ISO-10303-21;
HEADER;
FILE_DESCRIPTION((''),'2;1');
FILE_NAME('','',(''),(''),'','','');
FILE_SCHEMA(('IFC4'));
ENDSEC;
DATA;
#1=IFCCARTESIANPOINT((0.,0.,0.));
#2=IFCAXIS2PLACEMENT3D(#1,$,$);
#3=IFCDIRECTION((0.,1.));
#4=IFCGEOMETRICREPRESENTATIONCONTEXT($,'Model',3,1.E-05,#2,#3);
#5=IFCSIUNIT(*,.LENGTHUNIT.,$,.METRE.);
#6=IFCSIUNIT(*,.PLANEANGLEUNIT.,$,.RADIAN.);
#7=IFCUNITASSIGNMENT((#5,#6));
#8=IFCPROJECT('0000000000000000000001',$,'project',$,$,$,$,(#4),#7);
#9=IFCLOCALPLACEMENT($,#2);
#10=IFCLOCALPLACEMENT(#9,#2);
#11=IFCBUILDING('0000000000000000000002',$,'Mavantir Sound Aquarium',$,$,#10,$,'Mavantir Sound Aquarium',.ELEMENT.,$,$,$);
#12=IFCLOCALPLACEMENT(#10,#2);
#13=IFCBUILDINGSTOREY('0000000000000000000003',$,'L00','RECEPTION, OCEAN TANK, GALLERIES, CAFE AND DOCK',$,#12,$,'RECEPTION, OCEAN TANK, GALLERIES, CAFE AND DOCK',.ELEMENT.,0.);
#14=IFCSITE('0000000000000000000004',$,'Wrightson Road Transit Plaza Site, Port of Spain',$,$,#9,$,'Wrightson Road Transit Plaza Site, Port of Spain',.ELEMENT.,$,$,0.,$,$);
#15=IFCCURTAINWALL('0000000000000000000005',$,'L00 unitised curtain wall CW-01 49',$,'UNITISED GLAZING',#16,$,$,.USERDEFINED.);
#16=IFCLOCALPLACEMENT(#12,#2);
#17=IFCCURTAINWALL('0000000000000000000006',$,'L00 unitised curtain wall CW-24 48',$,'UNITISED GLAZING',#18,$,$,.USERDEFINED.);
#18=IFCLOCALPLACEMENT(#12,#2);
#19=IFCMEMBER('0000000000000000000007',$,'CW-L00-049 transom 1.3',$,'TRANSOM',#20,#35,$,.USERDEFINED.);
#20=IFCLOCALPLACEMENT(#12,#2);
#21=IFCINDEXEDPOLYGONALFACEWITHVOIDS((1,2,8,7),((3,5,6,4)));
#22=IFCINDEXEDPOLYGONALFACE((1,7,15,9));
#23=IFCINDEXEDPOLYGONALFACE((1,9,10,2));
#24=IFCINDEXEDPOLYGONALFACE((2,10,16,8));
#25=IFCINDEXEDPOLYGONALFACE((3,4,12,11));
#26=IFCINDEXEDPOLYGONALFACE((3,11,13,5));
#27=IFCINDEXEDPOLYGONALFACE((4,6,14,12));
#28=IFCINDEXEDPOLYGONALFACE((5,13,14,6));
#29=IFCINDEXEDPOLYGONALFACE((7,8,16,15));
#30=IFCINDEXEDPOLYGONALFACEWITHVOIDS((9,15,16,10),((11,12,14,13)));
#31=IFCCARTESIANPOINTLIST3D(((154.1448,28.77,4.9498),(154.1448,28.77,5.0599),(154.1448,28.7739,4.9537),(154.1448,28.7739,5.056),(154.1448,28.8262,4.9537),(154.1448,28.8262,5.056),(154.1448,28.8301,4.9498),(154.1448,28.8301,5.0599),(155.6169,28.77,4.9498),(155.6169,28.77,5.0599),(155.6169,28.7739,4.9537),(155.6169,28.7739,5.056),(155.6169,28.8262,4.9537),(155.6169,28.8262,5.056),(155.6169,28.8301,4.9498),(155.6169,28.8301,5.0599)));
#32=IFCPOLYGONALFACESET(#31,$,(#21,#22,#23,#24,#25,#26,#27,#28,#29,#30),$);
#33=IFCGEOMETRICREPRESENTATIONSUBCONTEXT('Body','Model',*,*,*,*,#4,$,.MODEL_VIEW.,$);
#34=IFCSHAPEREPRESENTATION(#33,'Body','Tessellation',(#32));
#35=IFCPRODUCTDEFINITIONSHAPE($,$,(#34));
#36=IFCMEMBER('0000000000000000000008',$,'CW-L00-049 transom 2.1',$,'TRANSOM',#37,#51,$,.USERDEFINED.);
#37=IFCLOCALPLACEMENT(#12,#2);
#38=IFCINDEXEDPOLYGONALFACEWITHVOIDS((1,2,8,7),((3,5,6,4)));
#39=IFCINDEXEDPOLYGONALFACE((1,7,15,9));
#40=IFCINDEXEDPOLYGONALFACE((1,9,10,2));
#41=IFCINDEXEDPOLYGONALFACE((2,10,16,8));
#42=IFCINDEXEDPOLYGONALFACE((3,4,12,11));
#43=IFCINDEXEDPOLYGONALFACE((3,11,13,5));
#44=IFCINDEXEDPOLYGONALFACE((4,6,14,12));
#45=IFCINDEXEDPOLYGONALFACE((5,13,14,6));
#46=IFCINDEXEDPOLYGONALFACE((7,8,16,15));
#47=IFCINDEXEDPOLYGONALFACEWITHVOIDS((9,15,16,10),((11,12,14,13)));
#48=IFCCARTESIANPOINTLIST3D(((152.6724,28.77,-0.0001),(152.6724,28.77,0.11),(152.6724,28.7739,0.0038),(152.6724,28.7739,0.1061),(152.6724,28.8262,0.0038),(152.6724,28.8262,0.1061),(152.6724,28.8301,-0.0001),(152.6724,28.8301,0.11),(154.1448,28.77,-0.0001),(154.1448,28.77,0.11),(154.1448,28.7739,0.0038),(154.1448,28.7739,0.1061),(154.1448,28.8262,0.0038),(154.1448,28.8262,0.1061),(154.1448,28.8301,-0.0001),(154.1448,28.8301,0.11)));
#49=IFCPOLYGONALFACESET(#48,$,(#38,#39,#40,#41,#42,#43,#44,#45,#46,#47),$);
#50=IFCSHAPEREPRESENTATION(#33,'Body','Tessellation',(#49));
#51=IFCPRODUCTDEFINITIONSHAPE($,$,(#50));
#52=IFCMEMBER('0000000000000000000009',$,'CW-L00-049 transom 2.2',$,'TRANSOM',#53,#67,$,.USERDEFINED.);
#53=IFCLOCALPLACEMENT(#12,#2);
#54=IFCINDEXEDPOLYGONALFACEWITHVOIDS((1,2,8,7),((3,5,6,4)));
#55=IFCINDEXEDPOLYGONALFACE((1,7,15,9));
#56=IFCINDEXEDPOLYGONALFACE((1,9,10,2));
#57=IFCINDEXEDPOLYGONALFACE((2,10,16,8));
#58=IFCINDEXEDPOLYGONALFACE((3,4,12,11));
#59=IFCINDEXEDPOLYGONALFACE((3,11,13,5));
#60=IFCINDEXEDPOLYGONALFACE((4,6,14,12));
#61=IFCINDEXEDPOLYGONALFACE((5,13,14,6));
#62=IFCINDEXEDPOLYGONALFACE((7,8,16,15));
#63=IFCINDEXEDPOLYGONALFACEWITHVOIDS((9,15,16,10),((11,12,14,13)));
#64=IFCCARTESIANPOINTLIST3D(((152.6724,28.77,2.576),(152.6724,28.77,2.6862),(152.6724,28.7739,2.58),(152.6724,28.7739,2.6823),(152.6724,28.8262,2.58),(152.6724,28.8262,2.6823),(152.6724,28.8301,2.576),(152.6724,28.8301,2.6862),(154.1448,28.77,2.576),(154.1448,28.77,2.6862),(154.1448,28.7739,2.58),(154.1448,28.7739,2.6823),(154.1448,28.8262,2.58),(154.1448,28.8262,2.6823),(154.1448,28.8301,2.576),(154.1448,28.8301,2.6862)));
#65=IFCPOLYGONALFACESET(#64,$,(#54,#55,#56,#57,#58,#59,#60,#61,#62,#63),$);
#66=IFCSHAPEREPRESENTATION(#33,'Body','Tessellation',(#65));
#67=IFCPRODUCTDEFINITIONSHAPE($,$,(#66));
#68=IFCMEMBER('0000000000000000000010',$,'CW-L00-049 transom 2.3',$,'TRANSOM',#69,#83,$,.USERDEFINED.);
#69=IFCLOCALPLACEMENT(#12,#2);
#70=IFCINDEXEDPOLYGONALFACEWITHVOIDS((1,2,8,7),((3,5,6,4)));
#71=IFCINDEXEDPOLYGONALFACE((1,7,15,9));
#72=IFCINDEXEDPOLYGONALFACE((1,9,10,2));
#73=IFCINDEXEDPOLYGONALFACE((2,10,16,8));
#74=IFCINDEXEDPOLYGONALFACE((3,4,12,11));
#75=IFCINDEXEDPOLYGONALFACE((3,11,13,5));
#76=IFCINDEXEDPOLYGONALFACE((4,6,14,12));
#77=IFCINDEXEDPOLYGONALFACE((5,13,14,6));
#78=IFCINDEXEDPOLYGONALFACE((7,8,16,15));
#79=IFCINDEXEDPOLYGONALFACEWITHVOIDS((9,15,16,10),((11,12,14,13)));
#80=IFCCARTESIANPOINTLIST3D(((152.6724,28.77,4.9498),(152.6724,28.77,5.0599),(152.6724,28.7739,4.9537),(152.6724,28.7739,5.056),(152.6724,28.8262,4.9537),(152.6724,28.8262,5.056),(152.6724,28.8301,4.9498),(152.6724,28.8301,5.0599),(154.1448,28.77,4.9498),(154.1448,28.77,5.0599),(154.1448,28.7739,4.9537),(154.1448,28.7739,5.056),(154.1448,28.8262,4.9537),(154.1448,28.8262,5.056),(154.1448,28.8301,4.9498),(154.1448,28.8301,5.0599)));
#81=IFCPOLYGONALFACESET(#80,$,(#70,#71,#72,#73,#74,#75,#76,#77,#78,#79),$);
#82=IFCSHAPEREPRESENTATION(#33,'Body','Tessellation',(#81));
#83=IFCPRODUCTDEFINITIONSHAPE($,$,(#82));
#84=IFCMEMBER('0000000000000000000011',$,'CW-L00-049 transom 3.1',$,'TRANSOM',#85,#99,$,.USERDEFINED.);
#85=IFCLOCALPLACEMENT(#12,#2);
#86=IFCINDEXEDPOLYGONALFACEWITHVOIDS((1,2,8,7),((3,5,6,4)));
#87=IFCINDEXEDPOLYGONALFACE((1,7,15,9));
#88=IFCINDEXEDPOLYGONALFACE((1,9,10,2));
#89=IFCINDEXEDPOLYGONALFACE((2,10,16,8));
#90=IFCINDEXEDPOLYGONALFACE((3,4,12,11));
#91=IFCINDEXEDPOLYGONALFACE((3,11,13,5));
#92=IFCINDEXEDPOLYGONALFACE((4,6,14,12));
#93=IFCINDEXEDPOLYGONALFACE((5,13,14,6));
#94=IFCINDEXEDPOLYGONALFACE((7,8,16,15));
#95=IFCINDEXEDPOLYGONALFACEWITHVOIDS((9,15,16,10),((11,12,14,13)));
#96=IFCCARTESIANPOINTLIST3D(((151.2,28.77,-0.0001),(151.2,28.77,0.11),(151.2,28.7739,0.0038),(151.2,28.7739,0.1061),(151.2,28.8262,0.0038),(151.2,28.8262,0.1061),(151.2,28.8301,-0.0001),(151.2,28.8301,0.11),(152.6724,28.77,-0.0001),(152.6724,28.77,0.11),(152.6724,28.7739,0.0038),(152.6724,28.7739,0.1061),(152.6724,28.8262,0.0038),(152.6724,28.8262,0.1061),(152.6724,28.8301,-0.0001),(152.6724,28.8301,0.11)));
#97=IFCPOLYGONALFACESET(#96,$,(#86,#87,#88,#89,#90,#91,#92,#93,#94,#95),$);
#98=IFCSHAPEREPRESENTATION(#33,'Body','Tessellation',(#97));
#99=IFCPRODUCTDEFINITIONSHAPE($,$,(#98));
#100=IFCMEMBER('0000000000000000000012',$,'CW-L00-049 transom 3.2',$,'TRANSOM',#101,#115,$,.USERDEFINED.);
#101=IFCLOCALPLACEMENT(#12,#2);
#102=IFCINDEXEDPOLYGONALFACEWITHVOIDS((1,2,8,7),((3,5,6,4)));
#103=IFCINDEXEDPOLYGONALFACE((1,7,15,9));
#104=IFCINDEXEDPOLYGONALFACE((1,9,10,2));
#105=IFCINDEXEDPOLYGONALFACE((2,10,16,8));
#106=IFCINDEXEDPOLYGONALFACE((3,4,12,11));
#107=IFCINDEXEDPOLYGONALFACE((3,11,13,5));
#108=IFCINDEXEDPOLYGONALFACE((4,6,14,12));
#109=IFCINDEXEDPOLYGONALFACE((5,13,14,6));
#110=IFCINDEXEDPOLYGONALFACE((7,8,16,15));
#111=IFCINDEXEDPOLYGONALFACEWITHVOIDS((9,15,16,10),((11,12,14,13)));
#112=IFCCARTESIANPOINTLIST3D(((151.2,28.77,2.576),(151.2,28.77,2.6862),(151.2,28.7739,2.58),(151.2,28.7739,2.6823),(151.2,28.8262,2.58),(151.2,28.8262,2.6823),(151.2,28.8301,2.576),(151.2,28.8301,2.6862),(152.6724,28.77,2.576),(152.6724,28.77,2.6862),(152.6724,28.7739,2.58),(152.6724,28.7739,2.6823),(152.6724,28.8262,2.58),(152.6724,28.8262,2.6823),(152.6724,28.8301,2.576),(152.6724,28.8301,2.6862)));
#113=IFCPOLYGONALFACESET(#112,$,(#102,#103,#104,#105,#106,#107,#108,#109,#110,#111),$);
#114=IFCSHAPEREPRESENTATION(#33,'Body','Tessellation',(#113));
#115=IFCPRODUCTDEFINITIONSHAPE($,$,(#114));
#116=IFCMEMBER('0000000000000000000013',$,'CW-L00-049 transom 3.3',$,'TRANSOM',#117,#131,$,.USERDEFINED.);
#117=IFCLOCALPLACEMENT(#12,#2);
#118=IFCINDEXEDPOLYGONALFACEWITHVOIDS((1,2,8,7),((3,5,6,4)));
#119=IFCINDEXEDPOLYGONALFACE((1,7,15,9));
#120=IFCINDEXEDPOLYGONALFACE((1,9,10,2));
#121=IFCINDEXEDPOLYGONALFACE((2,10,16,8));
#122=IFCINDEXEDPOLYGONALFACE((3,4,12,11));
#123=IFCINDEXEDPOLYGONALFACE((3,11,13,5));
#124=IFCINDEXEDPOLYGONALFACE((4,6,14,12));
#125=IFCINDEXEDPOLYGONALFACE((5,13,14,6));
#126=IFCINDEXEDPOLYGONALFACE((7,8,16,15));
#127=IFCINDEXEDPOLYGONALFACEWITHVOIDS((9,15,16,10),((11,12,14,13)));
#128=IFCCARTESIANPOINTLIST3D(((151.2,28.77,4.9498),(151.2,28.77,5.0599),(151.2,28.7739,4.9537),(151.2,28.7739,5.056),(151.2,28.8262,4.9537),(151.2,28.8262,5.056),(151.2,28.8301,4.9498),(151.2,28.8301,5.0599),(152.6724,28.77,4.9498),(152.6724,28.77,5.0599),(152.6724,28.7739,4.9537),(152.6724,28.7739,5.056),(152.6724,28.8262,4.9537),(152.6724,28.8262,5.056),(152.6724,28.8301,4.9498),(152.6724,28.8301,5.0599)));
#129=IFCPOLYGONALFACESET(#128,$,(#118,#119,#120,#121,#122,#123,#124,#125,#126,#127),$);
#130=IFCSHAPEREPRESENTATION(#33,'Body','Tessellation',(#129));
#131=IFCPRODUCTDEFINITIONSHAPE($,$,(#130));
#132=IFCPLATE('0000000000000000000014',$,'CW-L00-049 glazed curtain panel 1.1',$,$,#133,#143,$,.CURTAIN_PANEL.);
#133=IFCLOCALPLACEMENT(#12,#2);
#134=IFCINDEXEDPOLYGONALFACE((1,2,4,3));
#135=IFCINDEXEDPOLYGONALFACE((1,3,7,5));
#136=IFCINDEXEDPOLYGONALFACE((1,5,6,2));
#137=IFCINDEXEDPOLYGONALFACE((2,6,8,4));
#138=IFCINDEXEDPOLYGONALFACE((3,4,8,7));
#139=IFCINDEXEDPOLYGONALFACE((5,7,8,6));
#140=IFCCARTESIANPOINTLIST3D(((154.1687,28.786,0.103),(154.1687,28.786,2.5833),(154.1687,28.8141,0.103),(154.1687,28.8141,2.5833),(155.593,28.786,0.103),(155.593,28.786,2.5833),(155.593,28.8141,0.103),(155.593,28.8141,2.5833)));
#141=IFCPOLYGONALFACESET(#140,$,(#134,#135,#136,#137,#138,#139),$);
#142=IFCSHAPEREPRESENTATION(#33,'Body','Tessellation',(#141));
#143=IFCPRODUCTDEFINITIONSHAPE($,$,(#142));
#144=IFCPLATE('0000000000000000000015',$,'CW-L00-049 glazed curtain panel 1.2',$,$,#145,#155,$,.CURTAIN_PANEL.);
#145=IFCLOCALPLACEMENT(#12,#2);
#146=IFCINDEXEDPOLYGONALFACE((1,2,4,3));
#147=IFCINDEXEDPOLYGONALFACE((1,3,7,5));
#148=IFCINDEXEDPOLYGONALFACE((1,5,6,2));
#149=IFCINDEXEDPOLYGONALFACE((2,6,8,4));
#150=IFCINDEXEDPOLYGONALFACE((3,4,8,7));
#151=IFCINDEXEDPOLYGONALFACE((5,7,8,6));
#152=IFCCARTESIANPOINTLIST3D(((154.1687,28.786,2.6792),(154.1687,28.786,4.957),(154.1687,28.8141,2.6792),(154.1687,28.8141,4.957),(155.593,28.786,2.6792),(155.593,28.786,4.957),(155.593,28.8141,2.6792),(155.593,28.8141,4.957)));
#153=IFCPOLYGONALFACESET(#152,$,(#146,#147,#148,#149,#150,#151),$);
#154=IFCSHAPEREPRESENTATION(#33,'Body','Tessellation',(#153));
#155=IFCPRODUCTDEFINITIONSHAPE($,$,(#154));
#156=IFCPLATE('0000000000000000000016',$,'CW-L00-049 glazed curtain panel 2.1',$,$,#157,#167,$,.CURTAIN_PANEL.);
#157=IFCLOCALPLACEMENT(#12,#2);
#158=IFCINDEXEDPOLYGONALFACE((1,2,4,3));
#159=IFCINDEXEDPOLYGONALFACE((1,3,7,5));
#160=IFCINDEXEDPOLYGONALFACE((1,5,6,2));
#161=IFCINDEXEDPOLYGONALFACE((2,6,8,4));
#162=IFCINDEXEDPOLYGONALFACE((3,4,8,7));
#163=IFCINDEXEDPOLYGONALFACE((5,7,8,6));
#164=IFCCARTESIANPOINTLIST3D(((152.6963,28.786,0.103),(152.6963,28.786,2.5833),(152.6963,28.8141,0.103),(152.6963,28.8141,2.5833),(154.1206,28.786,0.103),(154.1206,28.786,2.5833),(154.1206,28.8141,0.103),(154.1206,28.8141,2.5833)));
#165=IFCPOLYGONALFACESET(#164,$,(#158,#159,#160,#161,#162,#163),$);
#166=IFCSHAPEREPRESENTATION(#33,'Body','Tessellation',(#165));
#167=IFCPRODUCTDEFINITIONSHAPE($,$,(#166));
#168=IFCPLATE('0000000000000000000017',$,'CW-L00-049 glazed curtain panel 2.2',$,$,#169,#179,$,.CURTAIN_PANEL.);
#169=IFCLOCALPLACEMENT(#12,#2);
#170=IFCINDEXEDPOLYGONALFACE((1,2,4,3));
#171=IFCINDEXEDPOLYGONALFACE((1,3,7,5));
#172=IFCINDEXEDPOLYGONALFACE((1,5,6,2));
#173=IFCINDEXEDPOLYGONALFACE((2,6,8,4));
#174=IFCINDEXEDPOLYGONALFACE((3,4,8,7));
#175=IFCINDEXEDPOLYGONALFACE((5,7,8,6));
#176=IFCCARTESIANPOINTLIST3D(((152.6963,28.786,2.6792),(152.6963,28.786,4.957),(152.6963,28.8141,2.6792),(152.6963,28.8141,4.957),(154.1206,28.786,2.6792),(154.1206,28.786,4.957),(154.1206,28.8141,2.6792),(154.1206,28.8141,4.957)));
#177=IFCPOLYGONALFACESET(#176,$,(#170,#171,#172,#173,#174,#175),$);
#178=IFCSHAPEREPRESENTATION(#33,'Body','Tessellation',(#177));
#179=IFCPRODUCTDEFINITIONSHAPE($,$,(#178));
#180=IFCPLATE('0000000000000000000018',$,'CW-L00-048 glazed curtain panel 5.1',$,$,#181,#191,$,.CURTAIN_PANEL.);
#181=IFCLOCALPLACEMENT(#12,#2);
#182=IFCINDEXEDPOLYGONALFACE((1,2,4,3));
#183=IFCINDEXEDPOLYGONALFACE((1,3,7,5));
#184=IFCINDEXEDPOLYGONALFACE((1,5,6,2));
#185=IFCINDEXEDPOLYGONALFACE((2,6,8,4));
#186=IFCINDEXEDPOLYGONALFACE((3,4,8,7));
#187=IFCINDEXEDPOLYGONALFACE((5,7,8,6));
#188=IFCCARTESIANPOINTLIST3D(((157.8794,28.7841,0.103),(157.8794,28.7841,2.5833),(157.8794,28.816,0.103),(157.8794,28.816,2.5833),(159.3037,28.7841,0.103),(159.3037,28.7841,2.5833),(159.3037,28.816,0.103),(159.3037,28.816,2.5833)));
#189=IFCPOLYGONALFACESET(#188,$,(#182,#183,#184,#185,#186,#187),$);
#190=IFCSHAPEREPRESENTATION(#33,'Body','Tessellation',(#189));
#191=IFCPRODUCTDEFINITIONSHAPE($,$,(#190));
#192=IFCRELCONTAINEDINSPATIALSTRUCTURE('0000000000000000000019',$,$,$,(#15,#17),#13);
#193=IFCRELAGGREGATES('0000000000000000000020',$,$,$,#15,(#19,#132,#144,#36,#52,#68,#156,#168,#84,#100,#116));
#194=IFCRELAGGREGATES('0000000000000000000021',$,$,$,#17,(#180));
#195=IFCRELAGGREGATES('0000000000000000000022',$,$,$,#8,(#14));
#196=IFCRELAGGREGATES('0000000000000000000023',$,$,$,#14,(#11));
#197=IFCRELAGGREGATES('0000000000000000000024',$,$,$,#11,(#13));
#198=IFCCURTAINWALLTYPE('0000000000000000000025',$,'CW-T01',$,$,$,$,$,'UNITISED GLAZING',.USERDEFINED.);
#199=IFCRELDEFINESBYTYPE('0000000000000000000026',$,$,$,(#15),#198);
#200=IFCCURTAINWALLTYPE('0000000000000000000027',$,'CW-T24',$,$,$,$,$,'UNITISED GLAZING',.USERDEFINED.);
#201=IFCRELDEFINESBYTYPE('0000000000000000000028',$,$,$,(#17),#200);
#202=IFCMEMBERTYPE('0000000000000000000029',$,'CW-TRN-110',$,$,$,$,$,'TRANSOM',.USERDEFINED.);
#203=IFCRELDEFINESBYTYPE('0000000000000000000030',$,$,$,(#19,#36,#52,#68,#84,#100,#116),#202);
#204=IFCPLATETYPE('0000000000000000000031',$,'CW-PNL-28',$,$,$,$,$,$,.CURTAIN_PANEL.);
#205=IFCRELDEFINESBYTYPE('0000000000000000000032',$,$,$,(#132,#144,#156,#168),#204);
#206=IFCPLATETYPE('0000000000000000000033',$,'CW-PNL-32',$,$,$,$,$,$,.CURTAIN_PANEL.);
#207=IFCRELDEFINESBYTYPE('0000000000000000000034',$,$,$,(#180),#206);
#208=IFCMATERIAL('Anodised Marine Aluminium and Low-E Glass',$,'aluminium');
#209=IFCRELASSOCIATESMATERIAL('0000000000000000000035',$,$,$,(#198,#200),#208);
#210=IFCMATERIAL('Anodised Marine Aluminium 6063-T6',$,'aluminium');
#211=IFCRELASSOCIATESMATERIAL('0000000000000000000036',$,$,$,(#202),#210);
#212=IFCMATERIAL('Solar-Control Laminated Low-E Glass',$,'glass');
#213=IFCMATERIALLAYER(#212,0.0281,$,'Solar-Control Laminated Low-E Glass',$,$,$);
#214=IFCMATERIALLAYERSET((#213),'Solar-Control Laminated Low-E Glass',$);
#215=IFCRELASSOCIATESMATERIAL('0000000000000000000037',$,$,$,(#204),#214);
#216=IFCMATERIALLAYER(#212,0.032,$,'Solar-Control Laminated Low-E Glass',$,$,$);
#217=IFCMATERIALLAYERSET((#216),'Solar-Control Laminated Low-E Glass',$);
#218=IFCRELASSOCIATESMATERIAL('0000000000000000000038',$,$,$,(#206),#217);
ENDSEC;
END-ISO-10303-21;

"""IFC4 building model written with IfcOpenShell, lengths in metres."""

from ifc_helpers import new_model, si_unit, direction, frame, origin, origin_2d, place, context, subcontext, project, spatial, rectangle, hollow_rectangle, extrude, material, layer, layer_set, material_profile, profile_set, type_object, element, aggregate, save


model = new_model("IFC4")

# Units and contexts
model_context = context("Model", 3, precision=1e-05, world=origin(), true_north=direction((0.0, 1.0)))
body_context = subcontext(model_context, "Body", "Model", "MODEL_VIEW")
ifc_project = project(units=[si_unit("LENGTHUNIT", "METRE"), si_unit("PLANEANGLEUNIT", "RADIAN")], contexts=[model_context])

# Site, building, storey
site_placement = place(None, origin())
site = spatial("IfcSite", under=ifc_project, at=site_placement, Name="Wrightson Road Transit Plaza Site, Port of Spain", LongName="Wrightson Road Transit Plaza Site, Port of Spain", CompositionType="ELEMENT", RefElevation=0.0)
building_placement = place(site_placement, origin())
building = spatial("IfcBuilding", under=site, at=building_placement, Name="Mavantir Sound Aquarium", LongName="Mavantir Sound Aquarium", CompositionType="ELEMENT")
storey_placement = place(building_placement, origin())
storey = spatial("IfcBuildingStorey", under=building, at=storey_placement, Name="L00", Description="RECEPTION, OCEAN TANK, GALLERIES, CAFE AND DOCK", LongName="RECEPTION, OCEAN TANK, GALLERIES, CAFE AND DOCK", CompositionType="ELEMENT", Elevation=0.0)

# Curtain walls
ifc_material_1 = material(Name="Anodised Marine Aluminium and Low-E Glass", Category="aluminium")
curtain_wall_type_1 = type_object("IfcCurtainWallType", Name="CW-T01", ElementType="UNITISED GLAZING", PredefinedType="USERDEFINED", material=ifc_material_1)
curtain_wall_1_placement = place(storey_placement, origin())
curtain_wall_1 = element("IfcCurtainWall", 1, at=curtain_wall_1_placement, inside=storey, type_object=curtain_wall_type_1, Name="L00 unitised curtain wall CW-01 49", ObjectType="UNITISED GLAZING", PredefinedType="USERDEFINED")
ifc_material_2 = material(Name="Anodised Marine Aluminium 6063-T6", Category="aluminium")
curtain_wall_type_2 = type_object("IfcCurtainWallType", Name="CW-T24", ElementType="UNITISED GLAZING", PredefinedType="USERDEFINED", material=ifc_material_1)
curtain_wall_2_placement = place(storey_placement, origin())
curtain_wall_2 = element("IfcCurtainWall", 2, at=curtain_wall_2_placement, inside=storey, type_object=curtain_wall_type_2, Name="L00 unitised curtain wall CW-24 48", ObjectType="UNITISED GLAZING", PredefinedType="USERDEFINED")
ifc_material_profile_1 = material_profile(ifc_material_2, hollow_rectangle(XDim=0.0601, YDim=0.1101, WallThickness=0.0039, at=origin_2d()), Name="ALU-TRANSOM-110X60")
ifc_profile_set_1 = profile_set([ifc_material_profile_1], Name="Anodised Marine Aluminium 6063-T6")
member_type_1 = type_object("IfcMemberType", Name="CW-TRN-110", ElementType="TRANSOM", PredefinedType="USERDEFINED", material=ifc_profile_set_1)

# Members
member_1_placement = place(storey_placement, frame((155.6169, 28.8, 5.0049), z_axis=(-1.0, 0.0, 0.0), x_axis=(0.0, -1.0, 0.0)))
member_1 = element("IfcMember", 3, at=member_1_placement, type_object=member_type_1, Name="CW-L00-049 transom 1.3", ObjectType="TRANSOM", PredefinedType="USERDEFINED", context=body_context, shape_type="SweptSolid", body=[
    extrude(hollow_rectangle(XDim=0.0601, YDim=0.1101, WallThickness=0.0039, at=origin_2d()), origin(), (0.0, 0.0, 1.0), 1.4722),
])
member_2_placement = place(storey_placement, frame((154.1448, 28.8, 0.0549), z_axis=(-1.0, 0.0, 0.0), x_axis=(0.0, -1.0, 0.0)))
member_2 = element("IfcMember", 4, at=member_2_placement, type_object=member_type_1, Name="CW-L00-049 transom 2.1", ObjectType="TRANSOM", PredefinedType="USERDEFINED", context=body_context, shape_type="SweptSolid", body=[
    extrude(hollow_rectangle(XDim=0.0601, YDim=0.1101, WallThickness=0.0039, at=origin_2d()), origin(), (0.0, 0.0, 1.0), 1.4724),
])
member_3_placement = place(storey_placement, frame((154.1448, 28.8, 2.6311), z_axis=(-1.0, 0.0, 0.0), x_axis=(0.0, -1.0, 0.0)))
member_3 = element("IfcMember", 5, at=member_3_placement, type_object=member_type_1, Name="CW-L00-049 transom 2.2", ObjectType="TRANSOM", PredefinedType="USERDEFINED", context=body_context, shape_type="SweptSolid", body=[
    extrude(hollow_rectangle(XDim=0.0601, YDim=0.1101, WallThickness=0.0039, at=origin_2d()), origin(), (0.0, 0.0, 1.0), 1.4724),
])
member_4_placement = place(storey_placement, frame((154.1448, 28.8, 5.0049), z_axis=(-1.0, 0.0, 0.0), x_axis=(0.0, -1.0, 0.0)))
member_4 = element("IfcMember", 6, at=member_4_placement, type_object=member_type_1, Name="CW-L00-049 transom 2.3", ObjectType="TRANSOM", PredefinedType="USERDEFINED", context=body_context, shape_type="SweptSolid", body=[
    extrude(hollow_rectangle(XDim=0.0601, YDim=0.1101, WallThickness=0.0039, at=origin_2d()), origin(), (0.0, 0.0, 1.0), 1.4724),
])
member_5_placement = place(storey_placement, frame((152.6724, 28.8, 0.0549), z_axis=(-1.0, 0.0, 0.0), x_axis=(0.0, -1.0, 0.0)))
member_5 = element("IfcMember", 7, at=member_5_placement, type_object=member_type_1, Name="CW-L00-049 transom 3.1", ObjectType="TRANSOM", PredefinedType="USERDEFINED", context=body_context, shape_type="SweptSolid", body=[
    extrude(hollow_rectangle(XDim=0.0601, YDim=0.1101, WallThickness=0.0039, at=origin_2d()), origin(), (0.0, 0.0, 1.0), 1.4724),
])
member_6_placement = place(storey_placement, frame((152.6724, 28.8, 2.6311), z_axis=(-1.0, 0.0, 0.0), x_axis=(0.0, -1.0, 0.0)))
member_6 = element("IfcMember", 8, at=member_6_placement, type_object=member_type_1, Name="CW-L00-049 transom 3.2", ObjectType="TRANSOM", PredefinedType="USERDEFINED", context=body_context, shape_type="SweptSolid", body=[
    extrude(hollow_rectangle(XDim=0.0601, YDim=0.1101, WallThickness=0.0039, at=origin_2d()), origin(), (0.0, 0.0, 1.0), 1.4724),
])
member_7_placement = place(storey_placement, frame((152.6724, 28.8, 5.0049), z_axis=(-1.0, 0.0, 0.0), x_axis=(0.0, -1.0, 0.0)))
member_7 = element("IfcMember", 9, at=member_7_placement, type_object=member_type_1, Name="CW-L00-049 transom 3.3", ObjectType="TRANSOM", PredefinedType="USERDEFINED", context=body_context, shape_type="SweptSolid", body=[
    extrude(hollow_rectangle(XDim=0.0601, YDim=0.1101, WallThickness=0.0039, at=origin_2d()), origin(), (0.0, 0.0, 1.0), 1.4724),
])

# Plates
ifc_material_3 = material(Name="Solar-Control Laminated Low-E Glass", Category="glass")
ifc_layer_1 = layer(ifc_material_3, 0.0281, Name="Solar-Control Laminated Low-E Glass")
ifc_layer_set_1 = layer_set([ifc_layer_1], Name="Solar-Control Laminated Low-E Glass")
plate_type_1 = type_object("IfcPlateType", Name="CW-PNL-28", PredefinedType="CURTAIN_PANEL", material=ifc_layer_set_1)
plate_1_placement = place(storey_placement, frame((154.8809, 28.8, 0.103), z_axis=(0.0, 0.0, 1.0), x_axis=(-1.0, 0.0, 0.0)))
plate_1 = element("IfcPlate", 10, at=plate_1_placement, type_object=plate_type_1, Name="CW-L00-049 glazed curtain panel 1.1", PredefinedType="CURTAIN_PANEL", context=body_context, shape_type="SweptSolid", body=[
    extrude(rectangle(XDim=1.4243, YDim=0.0281, at=origin_2d()), origin(), (0.0, 0.0, 1.0), 2.4802),
])
plate_2_placement = place(storey_placement, frame((154.8809, 28.8, 2.6792), z_axis=(0.0, 0.0, 1.0), x_axis=(-1.0, 0.0, 0.0)))
plate_2 = element("IfcPlate", 11, at=plate_2_placement, type_object=plate_type_1, Name="CW-L00-049 glazed curtain panel 1.2", PredefinedType="CURTAIN_PANEL", context=body_context, shape_type="SweptSolid", body=[
    extrude(rectangle(XDim=1.4243, YDim=0.0281, at=origin_2d()), origin(), (0.0, 0.0, 1.0), 2.2778),
])
plate_3_placement = place(storey_placement, frame((153.4084, 28.8, 0.103), z_axis=(0.0, 0.0, 1.0), x_axis=(-1.0, 0.0, 0.0)))
plate_3 = element("IfcPlate", 12, at=plate_3_placement, type_object=plate_type_1, Name="CW-L00-049 glazed curtain panel 2.1", PredefinedType="CURTAIN_PANEL", context=body_context, shape_type="SweptSolid", body=[
    extrude(rectangle(XDim=1.4243, YDim=0.0281, at=origin_2d()), origin(), (0.0, 0.0, 1.0), 2.4802),
])
plate_4_placement = place(storey_placement, frame((153.4084, 28.8, 2.6792), z_axis=(0.0, 0.0, 1.0), x_axis=(-1.0, 0.0, 0.0)))
plate_4 = element("IfcPlate", 13, at=plate_4_placement, type_object=plate_type_1, Name="CW-L00-049 glazed curtain panel 2.2", PredefinedType="CURTAIN_PANEL", context=body_context, shape_type="SweptSolid", body=[
    extrude(rectangle(XDim=1.4243, YDim=0.0281, at=origin_2d()), origin(), (0.0, 0.0, 1.0), 2.2778),
])
aggregate(curtain_wall_1, [member_1, plate_1, plate_2, member_2, member_3, member_4, plate_3, plate_4, member_5, member_6, member_7])
ifc_layer_2 = layer(ifc_material_3, 0.032, Name="Solar-Control Laminated Low-E Glass")
ifc_layer_set_2 = layer_set([ifc_layer_2], Name="Solar-Control Laminated Low-E Glass")
plate_type_2 = type_object("IfcPlateType", Name="CW-PNL-32", PredefinedType="CURTAIN_PANEL", material=ifc_layer_set_2)
plate_5_placement = place(storey_placement, frame((158.5916, 28.8, 0.103), z_axis=(0.0, 0.0, 1.0), x_axis=(-1.0, 0.0, 0.0)))
plate_5 = element("IfcPlate", 14, at=plate_5_placement, type_object=plate_type_2, Name="CW-L00-048 glazed curtain panel 5.1", PredefinedType="CURTAIN_PANEL", context=body_context, shape_type="SweptSolid", body=[
    extrude(rectangle(XDim=1.4243, YDim=0.032, at=origin_2d()), origin(), (0.0, 0.0, 1.0), 2.4802),
])
aggregate(curtain_wall_2, [plate_5])

save(model, "model.ifc")
